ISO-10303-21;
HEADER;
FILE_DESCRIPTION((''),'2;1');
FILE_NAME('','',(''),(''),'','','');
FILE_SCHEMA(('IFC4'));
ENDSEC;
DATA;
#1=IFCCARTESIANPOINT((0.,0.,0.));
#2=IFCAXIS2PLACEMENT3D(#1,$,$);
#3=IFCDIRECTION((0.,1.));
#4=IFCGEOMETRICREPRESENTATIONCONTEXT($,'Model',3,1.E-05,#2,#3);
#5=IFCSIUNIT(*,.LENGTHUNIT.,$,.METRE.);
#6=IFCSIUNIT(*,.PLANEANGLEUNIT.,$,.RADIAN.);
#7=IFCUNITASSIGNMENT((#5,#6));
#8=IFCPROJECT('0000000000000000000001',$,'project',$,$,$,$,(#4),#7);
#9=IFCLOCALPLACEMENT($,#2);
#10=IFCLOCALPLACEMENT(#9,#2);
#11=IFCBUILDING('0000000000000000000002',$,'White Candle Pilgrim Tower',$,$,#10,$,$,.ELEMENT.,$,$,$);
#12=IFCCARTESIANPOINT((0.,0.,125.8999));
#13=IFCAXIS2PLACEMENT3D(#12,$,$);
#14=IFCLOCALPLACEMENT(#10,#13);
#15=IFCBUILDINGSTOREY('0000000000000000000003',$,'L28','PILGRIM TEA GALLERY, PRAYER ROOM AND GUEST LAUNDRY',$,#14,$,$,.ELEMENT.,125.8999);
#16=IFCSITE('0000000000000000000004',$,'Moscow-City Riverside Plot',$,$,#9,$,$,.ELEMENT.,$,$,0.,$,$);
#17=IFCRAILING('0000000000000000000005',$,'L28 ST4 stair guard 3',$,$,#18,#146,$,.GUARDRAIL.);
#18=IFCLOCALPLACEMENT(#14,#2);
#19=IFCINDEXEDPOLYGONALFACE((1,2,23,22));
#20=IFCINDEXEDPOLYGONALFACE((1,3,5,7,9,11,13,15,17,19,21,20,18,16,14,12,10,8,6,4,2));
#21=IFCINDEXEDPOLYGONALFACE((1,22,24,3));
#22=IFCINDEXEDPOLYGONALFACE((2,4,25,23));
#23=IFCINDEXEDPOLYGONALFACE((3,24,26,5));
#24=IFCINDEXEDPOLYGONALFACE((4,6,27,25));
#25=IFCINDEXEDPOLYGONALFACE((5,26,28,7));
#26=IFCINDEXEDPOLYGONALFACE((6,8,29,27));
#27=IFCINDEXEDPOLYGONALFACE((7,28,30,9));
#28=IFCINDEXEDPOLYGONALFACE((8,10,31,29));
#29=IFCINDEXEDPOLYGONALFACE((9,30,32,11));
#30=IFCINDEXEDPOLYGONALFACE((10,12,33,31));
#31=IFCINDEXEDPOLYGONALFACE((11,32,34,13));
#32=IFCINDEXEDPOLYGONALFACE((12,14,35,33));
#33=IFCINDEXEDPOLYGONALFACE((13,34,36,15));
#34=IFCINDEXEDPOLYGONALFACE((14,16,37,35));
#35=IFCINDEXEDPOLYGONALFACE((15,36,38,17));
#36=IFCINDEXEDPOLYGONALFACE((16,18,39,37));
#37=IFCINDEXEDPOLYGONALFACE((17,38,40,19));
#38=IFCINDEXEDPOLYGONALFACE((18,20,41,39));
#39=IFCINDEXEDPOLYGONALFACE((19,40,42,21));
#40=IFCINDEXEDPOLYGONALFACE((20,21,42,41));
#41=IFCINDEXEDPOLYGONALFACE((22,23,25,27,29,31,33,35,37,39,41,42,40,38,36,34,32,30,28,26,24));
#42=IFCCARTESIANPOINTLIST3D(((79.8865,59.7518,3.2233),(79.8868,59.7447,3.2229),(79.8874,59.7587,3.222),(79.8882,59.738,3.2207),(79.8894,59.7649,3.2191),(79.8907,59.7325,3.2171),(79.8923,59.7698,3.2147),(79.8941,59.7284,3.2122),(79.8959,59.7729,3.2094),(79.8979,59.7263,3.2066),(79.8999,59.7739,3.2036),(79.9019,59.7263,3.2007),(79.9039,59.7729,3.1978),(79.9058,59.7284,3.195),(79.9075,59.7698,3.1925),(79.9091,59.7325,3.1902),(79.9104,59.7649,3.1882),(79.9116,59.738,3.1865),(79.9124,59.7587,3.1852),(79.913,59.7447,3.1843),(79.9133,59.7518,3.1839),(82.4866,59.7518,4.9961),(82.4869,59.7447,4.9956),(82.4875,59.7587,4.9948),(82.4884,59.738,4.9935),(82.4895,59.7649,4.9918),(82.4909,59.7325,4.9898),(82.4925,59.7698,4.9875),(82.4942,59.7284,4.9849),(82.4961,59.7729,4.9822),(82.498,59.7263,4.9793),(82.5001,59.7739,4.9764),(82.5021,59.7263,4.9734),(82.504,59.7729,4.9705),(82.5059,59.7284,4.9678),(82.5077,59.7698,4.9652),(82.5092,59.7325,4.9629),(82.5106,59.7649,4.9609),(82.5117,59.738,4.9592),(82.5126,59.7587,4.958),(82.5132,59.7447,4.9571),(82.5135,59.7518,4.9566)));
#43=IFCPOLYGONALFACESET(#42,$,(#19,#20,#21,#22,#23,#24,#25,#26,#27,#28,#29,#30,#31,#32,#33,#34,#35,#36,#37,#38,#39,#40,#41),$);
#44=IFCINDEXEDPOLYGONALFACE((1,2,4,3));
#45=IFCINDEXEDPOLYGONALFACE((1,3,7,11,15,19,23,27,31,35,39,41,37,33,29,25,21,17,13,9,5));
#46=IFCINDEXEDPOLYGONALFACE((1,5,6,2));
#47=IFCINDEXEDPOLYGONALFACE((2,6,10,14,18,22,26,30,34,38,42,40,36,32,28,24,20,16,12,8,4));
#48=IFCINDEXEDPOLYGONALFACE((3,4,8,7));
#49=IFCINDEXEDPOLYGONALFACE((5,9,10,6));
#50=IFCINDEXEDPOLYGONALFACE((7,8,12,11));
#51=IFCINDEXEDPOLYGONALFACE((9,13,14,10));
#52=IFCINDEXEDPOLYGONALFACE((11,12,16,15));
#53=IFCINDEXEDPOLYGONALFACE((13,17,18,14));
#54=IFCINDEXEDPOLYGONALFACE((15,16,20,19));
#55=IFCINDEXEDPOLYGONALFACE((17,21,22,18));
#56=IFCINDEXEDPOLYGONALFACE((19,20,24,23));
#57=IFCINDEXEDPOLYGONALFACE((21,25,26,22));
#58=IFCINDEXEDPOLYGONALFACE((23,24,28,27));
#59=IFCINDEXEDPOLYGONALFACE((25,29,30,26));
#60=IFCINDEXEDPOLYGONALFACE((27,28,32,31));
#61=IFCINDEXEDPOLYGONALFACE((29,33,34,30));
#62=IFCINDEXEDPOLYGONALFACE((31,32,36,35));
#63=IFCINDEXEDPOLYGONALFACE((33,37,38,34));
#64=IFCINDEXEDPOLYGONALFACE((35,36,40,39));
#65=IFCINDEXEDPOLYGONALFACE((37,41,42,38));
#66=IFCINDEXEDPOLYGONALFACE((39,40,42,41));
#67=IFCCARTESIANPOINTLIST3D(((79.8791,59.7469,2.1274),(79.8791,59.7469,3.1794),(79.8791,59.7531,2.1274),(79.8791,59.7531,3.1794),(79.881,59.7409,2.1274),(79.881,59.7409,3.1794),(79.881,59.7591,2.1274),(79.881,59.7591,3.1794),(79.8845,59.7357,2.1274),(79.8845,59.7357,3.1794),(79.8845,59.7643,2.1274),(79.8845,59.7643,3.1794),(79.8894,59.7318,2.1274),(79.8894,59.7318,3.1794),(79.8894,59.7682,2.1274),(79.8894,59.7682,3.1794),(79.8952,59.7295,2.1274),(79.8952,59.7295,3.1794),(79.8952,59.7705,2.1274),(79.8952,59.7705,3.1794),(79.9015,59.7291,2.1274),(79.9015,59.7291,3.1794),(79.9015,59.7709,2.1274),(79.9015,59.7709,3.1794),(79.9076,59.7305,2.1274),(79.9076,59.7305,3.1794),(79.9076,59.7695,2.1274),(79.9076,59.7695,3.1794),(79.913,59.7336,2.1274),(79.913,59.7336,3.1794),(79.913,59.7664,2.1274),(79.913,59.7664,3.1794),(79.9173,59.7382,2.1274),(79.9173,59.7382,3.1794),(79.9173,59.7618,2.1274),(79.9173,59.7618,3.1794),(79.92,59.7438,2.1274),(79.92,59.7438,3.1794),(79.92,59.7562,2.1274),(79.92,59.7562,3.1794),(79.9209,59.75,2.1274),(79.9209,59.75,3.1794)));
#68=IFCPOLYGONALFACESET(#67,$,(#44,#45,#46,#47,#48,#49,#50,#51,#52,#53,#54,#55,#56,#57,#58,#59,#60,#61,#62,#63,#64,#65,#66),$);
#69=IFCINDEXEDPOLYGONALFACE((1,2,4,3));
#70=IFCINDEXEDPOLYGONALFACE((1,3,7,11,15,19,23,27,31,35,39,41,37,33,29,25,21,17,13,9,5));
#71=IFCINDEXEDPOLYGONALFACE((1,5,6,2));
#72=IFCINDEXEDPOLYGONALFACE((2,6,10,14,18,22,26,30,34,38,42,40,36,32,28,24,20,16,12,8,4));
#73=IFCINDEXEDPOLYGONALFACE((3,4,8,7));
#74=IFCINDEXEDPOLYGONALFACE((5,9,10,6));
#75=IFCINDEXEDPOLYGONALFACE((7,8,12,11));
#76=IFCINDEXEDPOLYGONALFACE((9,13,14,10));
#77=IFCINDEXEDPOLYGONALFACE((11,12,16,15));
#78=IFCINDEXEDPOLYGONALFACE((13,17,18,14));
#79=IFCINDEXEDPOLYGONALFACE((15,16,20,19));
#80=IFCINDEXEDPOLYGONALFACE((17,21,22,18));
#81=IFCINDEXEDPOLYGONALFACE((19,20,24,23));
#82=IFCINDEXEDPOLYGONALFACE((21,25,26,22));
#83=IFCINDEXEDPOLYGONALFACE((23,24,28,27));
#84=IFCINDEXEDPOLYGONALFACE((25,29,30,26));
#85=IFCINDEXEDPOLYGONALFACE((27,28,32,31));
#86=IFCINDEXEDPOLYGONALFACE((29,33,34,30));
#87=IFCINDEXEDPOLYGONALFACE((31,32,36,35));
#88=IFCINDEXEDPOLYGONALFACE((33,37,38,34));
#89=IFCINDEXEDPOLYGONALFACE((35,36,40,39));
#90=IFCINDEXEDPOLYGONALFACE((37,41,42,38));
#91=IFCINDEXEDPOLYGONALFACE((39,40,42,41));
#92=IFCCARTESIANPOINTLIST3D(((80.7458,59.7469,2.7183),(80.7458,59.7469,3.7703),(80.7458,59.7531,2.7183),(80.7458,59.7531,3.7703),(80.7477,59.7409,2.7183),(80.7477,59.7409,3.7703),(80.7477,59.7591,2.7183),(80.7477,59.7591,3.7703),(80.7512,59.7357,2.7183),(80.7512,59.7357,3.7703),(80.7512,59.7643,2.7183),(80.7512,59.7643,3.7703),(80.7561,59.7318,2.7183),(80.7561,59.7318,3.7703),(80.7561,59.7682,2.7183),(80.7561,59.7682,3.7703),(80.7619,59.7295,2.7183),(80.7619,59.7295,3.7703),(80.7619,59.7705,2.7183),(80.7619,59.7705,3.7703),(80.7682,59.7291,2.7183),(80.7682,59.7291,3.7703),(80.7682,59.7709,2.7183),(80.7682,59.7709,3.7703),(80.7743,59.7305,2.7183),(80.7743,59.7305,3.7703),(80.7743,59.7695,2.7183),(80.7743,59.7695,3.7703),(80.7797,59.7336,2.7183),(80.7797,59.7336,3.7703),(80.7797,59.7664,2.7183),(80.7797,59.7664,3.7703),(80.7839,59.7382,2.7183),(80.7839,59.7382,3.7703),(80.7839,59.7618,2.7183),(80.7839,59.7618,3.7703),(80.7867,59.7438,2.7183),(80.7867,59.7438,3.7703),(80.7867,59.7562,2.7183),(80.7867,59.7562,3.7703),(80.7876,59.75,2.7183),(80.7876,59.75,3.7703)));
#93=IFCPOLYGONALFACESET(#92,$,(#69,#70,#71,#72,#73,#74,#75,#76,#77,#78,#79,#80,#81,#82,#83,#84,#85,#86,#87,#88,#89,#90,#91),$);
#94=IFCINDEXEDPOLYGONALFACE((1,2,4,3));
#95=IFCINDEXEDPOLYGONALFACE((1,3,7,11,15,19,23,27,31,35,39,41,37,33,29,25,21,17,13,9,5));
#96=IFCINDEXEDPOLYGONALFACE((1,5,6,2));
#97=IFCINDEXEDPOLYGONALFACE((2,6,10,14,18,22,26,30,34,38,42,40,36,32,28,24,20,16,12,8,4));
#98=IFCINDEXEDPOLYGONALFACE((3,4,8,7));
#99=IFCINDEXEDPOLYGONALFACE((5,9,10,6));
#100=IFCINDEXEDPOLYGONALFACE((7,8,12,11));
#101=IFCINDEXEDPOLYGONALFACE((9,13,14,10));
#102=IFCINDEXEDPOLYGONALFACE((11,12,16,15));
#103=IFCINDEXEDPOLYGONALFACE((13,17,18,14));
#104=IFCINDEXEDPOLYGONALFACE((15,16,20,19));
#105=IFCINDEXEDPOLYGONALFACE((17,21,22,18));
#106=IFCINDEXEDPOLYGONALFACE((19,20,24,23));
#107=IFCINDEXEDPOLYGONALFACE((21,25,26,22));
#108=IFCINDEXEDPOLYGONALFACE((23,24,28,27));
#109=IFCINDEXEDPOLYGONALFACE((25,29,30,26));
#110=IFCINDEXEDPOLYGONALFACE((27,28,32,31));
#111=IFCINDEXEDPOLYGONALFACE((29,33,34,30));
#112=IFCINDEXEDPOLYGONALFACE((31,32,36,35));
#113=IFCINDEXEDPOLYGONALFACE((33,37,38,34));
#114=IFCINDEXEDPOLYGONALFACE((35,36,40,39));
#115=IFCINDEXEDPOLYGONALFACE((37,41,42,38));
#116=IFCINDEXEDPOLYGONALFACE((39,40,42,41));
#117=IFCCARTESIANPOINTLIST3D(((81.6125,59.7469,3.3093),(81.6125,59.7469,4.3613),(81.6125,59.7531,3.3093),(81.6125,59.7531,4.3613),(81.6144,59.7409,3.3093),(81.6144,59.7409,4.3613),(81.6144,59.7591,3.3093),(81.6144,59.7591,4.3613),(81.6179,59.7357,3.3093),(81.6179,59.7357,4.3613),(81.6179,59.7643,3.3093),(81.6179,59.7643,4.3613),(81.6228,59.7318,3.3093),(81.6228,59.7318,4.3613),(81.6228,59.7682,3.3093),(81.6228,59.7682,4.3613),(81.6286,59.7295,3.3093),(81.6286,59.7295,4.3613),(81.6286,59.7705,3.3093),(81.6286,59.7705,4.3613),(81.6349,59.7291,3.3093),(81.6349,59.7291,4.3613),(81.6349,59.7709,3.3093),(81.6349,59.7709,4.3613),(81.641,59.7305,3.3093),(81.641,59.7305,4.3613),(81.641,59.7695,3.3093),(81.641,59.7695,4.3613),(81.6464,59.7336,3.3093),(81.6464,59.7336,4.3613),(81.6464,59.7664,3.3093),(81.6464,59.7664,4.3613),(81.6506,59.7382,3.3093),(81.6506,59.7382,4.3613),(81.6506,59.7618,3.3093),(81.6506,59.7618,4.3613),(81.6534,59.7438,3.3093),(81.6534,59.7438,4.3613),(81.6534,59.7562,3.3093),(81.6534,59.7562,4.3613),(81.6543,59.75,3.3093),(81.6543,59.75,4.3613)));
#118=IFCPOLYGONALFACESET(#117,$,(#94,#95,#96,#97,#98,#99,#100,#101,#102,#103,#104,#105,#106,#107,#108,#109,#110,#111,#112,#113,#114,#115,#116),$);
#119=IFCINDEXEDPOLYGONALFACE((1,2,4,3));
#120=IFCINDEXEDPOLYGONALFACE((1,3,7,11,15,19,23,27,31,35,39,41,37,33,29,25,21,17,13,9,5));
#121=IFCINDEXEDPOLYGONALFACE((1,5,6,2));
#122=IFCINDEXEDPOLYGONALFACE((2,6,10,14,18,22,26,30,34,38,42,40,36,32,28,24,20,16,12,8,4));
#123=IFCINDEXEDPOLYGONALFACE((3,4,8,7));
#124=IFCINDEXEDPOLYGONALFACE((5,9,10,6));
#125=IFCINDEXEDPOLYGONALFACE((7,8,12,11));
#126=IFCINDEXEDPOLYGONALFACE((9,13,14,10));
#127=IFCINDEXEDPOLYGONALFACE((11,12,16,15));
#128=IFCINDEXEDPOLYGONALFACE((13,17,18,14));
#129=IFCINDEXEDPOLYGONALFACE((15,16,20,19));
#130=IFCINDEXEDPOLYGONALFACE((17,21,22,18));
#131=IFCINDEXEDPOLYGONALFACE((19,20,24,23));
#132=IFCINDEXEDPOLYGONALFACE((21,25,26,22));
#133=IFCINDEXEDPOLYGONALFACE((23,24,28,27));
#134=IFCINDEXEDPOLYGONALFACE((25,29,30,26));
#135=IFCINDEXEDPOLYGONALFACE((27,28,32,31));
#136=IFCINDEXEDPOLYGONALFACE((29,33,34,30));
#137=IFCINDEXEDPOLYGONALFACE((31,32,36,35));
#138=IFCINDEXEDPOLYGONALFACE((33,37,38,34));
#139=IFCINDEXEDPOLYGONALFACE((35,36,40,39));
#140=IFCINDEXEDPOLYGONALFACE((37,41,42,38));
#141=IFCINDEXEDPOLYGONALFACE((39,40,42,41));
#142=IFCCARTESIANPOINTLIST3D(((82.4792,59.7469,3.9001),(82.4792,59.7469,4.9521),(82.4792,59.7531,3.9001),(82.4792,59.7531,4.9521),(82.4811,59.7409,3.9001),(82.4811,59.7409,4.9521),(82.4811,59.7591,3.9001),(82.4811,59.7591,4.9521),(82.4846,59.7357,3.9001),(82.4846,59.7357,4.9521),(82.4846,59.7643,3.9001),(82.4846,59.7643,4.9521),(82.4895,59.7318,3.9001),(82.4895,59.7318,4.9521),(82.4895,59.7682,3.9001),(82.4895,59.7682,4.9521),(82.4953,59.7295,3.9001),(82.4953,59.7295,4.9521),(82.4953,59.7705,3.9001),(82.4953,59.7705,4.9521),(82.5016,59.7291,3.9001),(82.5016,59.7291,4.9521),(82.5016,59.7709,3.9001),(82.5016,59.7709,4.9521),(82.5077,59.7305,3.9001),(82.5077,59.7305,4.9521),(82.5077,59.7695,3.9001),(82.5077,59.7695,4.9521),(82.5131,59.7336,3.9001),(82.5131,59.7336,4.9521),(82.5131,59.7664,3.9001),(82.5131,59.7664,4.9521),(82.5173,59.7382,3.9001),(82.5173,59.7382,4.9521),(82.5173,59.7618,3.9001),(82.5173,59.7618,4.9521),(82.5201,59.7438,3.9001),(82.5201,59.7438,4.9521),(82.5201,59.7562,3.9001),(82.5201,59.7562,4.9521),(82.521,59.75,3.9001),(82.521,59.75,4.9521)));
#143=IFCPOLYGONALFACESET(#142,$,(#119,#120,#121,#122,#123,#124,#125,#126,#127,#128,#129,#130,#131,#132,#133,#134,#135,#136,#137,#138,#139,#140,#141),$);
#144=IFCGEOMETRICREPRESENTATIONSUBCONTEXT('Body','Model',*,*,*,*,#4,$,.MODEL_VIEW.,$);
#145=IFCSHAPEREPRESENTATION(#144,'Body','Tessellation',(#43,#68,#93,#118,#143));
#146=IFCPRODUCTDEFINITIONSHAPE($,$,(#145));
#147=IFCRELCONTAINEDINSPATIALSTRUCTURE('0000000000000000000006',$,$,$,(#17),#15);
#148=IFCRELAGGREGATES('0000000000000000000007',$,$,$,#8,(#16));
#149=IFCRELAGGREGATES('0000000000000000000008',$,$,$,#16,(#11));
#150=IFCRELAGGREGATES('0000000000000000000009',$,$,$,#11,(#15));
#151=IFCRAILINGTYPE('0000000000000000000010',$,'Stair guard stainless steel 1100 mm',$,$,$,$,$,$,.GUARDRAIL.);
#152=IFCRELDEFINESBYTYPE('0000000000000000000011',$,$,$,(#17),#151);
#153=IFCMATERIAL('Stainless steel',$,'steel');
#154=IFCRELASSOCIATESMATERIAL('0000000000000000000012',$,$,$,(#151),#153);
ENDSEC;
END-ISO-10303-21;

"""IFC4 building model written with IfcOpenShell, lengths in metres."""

from ifc_helpers import new_model, si_unit, direction, frame, origin, origin_2d, place, context, subcontext, project, spatial, circle, extrude, material, type_object, element, save


model = new_model("IFC4")

# Units and contexts
model_context = context("Model", 3, precision=1e-05, world=origin(), true_north=direction((0.0, 1.0)))
body_context = subcontext(model_context, "Body", "Model", "MODEL_VIEW")
ifc_project = project(units=[si_unit("LENGTHUNIT", "METRE"), si_unit("PLANEANGLEUNIT", "RADIAN")], contexts=[model_context])

# Site, building, storey
site_placement = place(None, origin())
site = spatial("IfcSite", under=ifc_project, at=site_placement, Name="Moscow-City Riverside Plot", CompositionType="ELEMENT", RefElevation=0.0)
building_placement = place(site_placement, origin())
building = spatial("IfcBuilding", under=site, at=building_placement, Name="White Candle Pilgrim Tower", CompositionType="ELEMENT")
storey_placement = place(building_placement, frame((0.0, 0.0, 125.8999)))
storey = spatial("IfcBuildingStorey", under=building, at=storey_placement, Name="L28", Description="PILGRIM TEA GALLERY, PRAYER ROOM AND GUEST LAUNDRY", CompositionType="ELEMENT", Elevation=125.8999)

# Railing
ifc_material_1 = material(Name="Stainless steel", Category="steel")
railing_type_1 = type_object("IfcRailingType", Name="Stair guard stainless steel 1100 mm", PredefinedType="GUARDRAIL", material=ifc_material_1)
railing_1_placement = place(storey_placement, frame((79.8999, 59.75, 2.1274)))
element("IfcRailing", 1, at=railing_1_placement, inside=storey, type_object=railing_type_1, Name="L28 ST4 stair guard 3", PredefinedType="GUARDRAIL", context=body_context, shape_type="SweptSolid", body=[
    extrude(circle(Radius=0.0239, at=origin_2d()), frame((0.0, 0.0, 1.0762), z_axis=(0.82624, 0.0, 0.563318), x_axis=(0.0, 1.0, 0.0)), (0.0, 0.0, 1.0), 3.147),
    extrude(circle(Radius=0.021, at=origin_2d()), origin(), (0.0, 0.0, 1.0), 1.052),
    extrude(circle(Radius=0.021, at=origin_2d()), frame((0.8667, 0.0, 0.5908)), (0.0, 0.0, 1.0), 1.052),
    extrude(circle(Radius=0.021, at=origin_2d()), frame((1.7334, 0.0, 1.1819)), (0.0, 0.0, 1.0), 1.052),
    extrude(circle(Radius=0.021, at=origin_2d()), frame((2.6001, 0.0, 1.7727)), (0.0, 0.0, 1.0), 1.052),
])

save(model, "model.ifc")
